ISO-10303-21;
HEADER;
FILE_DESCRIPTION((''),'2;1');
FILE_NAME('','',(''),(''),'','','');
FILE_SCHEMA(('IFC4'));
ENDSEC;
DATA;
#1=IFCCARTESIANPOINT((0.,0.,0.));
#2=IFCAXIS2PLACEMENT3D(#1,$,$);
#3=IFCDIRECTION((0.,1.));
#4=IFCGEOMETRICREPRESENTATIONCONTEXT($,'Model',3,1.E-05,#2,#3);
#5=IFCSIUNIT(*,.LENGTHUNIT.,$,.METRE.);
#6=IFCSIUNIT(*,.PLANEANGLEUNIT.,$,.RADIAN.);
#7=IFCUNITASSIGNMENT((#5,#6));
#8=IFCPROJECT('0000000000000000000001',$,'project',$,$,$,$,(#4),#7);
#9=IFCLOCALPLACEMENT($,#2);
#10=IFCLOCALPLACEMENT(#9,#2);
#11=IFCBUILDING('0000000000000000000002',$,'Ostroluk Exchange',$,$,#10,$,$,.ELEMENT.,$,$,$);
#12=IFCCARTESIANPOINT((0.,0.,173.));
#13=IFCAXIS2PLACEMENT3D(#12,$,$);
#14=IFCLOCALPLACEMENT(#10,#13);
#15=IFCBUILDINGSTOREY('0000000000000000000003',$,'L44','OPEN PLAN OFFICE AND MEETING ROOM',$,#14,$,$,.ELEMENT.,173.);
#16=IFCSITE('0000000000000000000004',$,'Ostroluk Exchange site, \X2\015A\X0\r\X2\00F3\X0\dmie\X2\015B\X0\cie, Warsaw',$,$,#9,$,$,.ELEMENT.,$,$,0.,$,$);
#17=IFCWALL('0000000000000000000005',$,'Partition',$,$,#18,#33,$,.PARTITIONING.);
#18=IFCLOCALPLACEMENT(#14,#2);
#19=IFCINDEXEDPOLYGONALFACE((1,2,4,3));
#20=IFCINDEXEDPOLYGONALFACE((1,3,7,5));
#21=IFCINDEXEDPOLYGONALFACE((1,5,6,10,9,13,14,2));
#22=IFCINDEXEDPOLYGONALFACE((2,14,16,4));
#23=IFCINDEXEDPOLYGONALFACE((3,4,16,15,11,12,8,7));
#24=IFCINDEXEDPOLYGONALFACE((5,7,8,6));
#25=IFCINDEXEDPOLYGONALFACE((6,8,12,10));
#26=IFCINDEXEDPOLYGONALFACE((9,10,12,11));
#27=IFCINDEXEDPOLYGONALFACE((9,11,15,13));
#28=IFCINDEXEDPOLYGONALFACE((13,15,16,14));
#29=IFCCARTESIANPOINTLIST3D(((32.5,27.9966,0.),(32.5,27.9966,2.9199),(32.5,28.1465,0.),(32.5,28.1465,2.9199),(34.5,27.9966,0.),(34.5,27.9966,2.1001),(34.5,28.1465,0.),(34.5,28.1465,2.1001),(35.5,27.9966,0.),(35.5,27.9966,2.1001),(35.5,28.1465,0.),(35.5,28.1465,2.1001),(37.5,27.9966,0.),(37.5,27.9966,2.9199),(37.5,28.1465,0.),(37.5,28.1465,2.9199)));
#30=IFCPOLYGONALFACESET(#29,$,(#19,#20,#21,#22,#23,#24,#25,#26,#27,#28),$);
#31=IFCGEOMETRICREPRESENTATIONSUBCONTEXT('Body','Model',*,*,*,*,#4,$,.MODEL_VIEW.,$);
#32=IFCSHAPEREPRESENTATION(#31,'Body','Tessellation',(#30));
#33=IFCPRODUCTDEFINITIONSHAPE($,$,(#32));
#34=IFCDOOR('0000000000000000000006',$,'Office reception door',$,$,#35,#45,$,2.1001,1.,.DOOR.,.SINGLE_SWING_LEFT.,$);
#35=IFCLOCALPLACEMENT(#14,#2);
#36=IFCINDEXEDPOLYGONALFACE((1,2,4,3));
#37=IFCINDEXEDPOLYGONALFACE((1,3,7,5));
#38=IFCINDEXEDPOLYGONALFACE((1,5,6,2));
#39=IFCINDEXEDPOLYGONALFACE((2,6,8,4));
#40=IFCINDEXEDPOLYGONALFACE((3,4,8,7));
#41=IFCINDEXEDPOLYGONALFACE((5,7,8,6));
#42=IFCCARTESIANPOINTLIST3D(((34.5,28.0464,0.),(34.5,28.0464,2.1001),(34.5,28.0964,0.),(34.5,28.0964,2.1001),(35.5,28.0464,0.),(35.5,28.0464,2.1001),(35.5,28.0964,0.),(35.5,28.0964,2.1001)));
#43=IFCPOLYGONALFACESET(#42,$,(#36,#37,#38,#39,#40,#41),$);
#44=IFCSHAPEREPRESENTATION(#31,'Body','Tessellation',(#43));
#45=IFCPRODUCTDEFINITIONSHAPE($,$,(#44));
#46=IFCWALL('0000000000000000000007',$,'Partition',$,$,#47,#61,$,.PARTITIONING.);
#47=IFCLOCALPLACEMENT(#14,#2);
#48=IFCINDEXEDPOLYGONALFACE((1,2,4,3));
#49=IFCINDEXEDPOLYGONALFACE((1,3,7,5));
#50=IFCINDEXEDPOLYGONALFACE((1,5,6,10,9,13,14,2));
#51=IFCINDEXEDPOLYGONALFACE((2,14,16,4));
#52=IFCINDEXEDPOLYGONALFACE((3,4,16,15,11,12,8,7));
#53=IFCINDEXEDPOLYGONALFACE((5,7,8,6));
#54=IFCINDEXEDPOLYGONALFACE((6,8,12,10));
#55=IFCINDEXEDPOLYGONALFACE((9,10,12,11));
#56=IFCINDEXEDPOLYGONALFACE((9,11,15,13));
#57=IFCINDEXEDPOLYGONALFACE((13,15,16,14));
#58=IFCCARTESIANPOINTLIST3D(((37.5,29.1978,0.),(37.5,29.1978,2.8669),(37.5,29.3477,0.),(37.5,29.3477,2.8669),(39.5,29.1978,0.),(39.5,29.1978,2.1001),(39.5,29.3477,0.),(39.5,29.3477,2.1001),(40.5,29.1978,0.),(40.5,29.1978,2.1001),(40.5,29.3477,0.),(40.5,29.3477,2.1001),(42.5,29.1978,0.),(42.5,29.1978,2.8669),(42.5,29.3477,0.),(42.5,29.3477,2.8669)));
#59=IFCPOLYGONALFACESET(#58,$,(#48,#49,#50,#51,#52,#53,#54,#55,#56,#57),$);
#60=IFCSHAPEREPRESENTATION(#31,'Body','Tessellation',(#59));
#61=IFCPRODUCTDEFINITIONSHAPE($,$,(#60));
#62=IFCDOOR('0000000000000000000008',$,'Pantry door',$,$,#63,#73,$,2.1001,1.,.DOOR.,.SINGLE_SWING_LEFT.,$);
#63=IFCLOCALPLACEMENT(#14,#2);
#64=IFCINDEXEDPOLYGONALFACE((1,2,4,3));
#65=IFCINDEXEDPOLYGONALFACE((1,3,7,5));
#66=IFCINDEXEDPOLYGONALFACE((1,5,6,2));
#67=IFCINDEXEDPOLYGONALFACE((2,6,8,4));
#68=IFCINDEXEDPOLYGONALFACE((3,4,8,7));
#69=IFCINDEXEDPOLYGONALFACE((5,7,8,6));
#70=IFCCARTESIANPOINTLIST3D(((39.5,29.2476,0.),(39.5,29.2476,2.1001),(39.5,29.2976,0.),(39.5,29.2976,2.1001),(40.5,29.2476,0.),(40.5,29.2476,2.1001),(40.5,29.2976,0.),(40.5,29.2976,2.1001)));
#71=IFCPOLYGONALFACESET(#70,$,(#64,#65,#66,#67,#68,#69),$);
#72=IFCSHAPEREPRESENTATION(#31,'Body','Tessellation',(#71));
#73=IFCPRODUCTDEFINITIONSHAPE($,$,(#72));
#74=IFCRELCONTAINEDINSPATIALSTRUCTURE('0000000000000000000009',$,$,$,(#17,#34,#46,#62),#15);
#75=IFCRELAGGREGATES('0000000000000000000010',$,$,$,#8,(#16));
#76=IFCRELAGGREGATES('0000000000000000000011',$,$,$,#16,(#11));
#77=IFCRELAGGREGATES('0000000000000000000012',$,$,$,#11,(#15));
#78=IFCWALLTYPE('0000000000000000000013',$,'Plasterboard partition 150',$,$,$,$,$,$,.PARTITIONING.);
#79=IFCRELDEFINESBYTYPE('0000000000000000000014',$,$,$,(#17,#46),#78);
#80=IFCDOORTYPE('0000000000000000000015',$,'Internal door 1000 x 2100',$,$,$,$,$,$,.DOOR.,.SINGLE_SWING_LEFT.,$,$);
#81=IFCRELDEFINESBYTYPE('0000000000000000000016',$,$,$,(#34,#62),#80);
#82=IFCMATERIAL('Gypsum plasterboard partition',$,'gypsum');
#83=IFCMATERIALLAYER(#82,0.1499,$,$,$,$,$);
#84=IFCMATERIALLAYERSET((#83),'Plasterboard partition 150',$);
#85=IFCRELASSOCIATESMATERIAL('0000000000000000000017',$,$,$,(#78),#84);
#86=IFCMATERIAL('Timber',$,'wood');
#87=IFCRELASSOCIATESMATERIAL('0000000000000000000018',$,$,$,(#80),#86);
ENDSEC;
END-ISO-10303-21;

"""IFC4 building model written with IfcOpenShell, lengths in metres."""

from ifc_helpers import new_model, si_unit, direction, frame, frame_2d, origin, place, context, subcontext, project, spatial, rectangle, extrude, material, layer, layer_set, type_object, element, fill, save


model = new_model("IFC4")

# Units and contexts
model_context = context("Model", 3, precision=1e-05, world=origin(), true_north=direction((0.0, 1.0)))
body_context = subcontext(model_context, "Body", "Model", "MODEL_VIEW")
ifc_project = project(units=[si_unit("LENGTHUNIT", "METRE"), si_unit("PLANEANGLEUNIT", "RADIAN")], contexts=[model_context])

# Site, building, storey
site_placement = place(None, origin())
site = spatial("IfcSite", under=ifc_project, at=site_placement, Name="Ostroluk Exchange site, Śródmieście, Warsaw", CompositionType="ELEMENT", RefElevation=0.0)
building_placement = place(site_placement, origin())
building = spatial("IfcBuilding", under=site, at=building_placement, Name="Ostroluk Exchange", CompositionType="ELEMENT")
storey_placement = place(building_placement, frame((0.0, 0.0, 173.0)))
storey = spatial("IfcBuildingStorey", under=building, at=storey_placement, Name="L44", Description="OPEN PLAN OFFICE AND MEETING ROOM", CompositionType="ELEMENT", Elevation=173.0)

# Walls, openings, doors
ifc_material_1 = material(Name="Gypsum plasterboard partition", Category="gypsum")
ifc_layer_1 = layer(ifc_material_1, 0.1499)
ifc_layer_set_1 = layer_set([ifc_layer_1], Name="Plasterboard partition 150")
wall_type = type_object("IfcWallType", Name="Plasterboard partition 150", PredefinedType="PARTITIONING", material=ifc_layer_set_1)
wall_1_placement = place(storey_placement, frame((32.5, 28.0715, 0.0), z_axis=(0.0, 0.0, 1.0), x_axis=(1.0, 0.0, 0.0)))
wall_1 = element("IfcWall", 1, at=wall_1_placement, inside=storey, type_object=wall_type, Name="Partition", PredefinedType="PARTITIONING", context=body_context, shape_type="SweptSolid", body=[
    extrude(rectangle(XDim=5.0, YDim=0.1499, at=frame_2d((2.5, 0.0))), origin(), (0.0, 0.0, 1.0), 2.9199),
])
opening_1_placement = place(wall_1_placement, frame((2.0, 0.0, 0.0)))
opening_1 = element("IfcOpeningElement", 2, at=opening_1_placement, cuts=wall_1, PredefinedType="OPENING", context=body_context, shape_type="SweptSolid", body=[
    extrude(rectangle(XDim=1.0, YDim=2.1001, at=frame_2d((0.5, 1.05))), frame((0.0, 0.085, 0.0), z_axis=(0.0, -1.0, 0.0), x_axis=(1.0, 0.0, 0.0)), (0.0, 0.0, 1.0), 0.1699),
])
ifc_material_2 = material(Name="Timber", Category="wood")
door_type = type_object("IfcDoorType", Name="Internal door 1000 x 2100", OperationType="SINGLE_SWING_LEFT", PredefinedType="DOOR", material=ifc_material_2)
door_1_placement = place(opening_1_placement, origin())
door_1 = element("IfcDoor", 3, at=door_1_placement, inside=storey, type_object=door_type, Name="Office reception door", OperationType="SINGLE_SWING_LEFT", OverallHeight=2.1001, OverallWidth=1.0, PredefinedType="DOOR", context=body_context, shape_type="SweptSolid", body=[
    extrude(rectangle(XDim=1.0, YDim=2.1001, at=frame_2d((0.5, 1.05))), frame((0.0, 0.0249, 0.0), z_axis=(0.0, -1.0, 0.0), x_axis=(1.0, 0.0, 0.0)), (0.0, 0.0, 1.0), 0.05),
])
fill(opening_1, door_1)
wall_2_placement = place(storey_placement, frame((37.5, 29.2727, 0.0), z_axis=(0.0, 0.0, 1.0), x_axis=(1.0, 0.0, 0.0)))
wall_2 = element("IfcWall", 4, at=wall_2_placement, inside=storey, type_object=wall_type, Name="Partition", PredefinedType="PARTITIONING", context=body_context, shape_type="SweptSolid", body=[
    extrude(rectangle(XDim=5.0, YDim=0.1499, at=frame_2d((2.5, 0.0))), origin(), (0.0, 0.0, 1.0), 2.8669),
])
opening_2_placement = place(wall_2_placement, frame((2.0, 0.0, 0.0)))
opening_2 = element("IfcOpeningElement", 5, at=opening_2_placement, cuts=wall_2, PredefinedType="OPENING", context=body_context, shape_type="SweptSolid", body=[
    extrude(rectangle(XDim=1.0, YDim=2.1001, at=frame_2d((0.5, 1.05))), frame((0.0, 0.085, 0.0), z_axis=(0.0, -1.0, 0.0), x_axis=(1.0, 0.0, 0.0)), (0.0, 0.0, 1.0), 0.1699),
])
door_2_placement = place(opening_2_placement, origin())
door_2 = element("IfcDoor", 6, at=door_2_placement, inside=storey, type_object=door_type, Name="Pantry door", OperationType="SINGLE_SWING_LEFT", OverallHeight=2.1001, OverallWidth=1.0, PredefinedType="DOOR", context=body_context, shape_type="SweptSolid", body=[
    extrude(rectangle(XDim=1.0, YDim=2.1001, at=frame_2d((0.5, 1.05))), frame((0.0, 0.0249, 0.0), z_axis=(0.0, -1.0, 0.0), x_axis=(1.0, 0.0, 0.0)), (0.0, 0.0, 1.0), 0.05),
])
fill(opening_2, door_2)

save(model, "model.ifc")
